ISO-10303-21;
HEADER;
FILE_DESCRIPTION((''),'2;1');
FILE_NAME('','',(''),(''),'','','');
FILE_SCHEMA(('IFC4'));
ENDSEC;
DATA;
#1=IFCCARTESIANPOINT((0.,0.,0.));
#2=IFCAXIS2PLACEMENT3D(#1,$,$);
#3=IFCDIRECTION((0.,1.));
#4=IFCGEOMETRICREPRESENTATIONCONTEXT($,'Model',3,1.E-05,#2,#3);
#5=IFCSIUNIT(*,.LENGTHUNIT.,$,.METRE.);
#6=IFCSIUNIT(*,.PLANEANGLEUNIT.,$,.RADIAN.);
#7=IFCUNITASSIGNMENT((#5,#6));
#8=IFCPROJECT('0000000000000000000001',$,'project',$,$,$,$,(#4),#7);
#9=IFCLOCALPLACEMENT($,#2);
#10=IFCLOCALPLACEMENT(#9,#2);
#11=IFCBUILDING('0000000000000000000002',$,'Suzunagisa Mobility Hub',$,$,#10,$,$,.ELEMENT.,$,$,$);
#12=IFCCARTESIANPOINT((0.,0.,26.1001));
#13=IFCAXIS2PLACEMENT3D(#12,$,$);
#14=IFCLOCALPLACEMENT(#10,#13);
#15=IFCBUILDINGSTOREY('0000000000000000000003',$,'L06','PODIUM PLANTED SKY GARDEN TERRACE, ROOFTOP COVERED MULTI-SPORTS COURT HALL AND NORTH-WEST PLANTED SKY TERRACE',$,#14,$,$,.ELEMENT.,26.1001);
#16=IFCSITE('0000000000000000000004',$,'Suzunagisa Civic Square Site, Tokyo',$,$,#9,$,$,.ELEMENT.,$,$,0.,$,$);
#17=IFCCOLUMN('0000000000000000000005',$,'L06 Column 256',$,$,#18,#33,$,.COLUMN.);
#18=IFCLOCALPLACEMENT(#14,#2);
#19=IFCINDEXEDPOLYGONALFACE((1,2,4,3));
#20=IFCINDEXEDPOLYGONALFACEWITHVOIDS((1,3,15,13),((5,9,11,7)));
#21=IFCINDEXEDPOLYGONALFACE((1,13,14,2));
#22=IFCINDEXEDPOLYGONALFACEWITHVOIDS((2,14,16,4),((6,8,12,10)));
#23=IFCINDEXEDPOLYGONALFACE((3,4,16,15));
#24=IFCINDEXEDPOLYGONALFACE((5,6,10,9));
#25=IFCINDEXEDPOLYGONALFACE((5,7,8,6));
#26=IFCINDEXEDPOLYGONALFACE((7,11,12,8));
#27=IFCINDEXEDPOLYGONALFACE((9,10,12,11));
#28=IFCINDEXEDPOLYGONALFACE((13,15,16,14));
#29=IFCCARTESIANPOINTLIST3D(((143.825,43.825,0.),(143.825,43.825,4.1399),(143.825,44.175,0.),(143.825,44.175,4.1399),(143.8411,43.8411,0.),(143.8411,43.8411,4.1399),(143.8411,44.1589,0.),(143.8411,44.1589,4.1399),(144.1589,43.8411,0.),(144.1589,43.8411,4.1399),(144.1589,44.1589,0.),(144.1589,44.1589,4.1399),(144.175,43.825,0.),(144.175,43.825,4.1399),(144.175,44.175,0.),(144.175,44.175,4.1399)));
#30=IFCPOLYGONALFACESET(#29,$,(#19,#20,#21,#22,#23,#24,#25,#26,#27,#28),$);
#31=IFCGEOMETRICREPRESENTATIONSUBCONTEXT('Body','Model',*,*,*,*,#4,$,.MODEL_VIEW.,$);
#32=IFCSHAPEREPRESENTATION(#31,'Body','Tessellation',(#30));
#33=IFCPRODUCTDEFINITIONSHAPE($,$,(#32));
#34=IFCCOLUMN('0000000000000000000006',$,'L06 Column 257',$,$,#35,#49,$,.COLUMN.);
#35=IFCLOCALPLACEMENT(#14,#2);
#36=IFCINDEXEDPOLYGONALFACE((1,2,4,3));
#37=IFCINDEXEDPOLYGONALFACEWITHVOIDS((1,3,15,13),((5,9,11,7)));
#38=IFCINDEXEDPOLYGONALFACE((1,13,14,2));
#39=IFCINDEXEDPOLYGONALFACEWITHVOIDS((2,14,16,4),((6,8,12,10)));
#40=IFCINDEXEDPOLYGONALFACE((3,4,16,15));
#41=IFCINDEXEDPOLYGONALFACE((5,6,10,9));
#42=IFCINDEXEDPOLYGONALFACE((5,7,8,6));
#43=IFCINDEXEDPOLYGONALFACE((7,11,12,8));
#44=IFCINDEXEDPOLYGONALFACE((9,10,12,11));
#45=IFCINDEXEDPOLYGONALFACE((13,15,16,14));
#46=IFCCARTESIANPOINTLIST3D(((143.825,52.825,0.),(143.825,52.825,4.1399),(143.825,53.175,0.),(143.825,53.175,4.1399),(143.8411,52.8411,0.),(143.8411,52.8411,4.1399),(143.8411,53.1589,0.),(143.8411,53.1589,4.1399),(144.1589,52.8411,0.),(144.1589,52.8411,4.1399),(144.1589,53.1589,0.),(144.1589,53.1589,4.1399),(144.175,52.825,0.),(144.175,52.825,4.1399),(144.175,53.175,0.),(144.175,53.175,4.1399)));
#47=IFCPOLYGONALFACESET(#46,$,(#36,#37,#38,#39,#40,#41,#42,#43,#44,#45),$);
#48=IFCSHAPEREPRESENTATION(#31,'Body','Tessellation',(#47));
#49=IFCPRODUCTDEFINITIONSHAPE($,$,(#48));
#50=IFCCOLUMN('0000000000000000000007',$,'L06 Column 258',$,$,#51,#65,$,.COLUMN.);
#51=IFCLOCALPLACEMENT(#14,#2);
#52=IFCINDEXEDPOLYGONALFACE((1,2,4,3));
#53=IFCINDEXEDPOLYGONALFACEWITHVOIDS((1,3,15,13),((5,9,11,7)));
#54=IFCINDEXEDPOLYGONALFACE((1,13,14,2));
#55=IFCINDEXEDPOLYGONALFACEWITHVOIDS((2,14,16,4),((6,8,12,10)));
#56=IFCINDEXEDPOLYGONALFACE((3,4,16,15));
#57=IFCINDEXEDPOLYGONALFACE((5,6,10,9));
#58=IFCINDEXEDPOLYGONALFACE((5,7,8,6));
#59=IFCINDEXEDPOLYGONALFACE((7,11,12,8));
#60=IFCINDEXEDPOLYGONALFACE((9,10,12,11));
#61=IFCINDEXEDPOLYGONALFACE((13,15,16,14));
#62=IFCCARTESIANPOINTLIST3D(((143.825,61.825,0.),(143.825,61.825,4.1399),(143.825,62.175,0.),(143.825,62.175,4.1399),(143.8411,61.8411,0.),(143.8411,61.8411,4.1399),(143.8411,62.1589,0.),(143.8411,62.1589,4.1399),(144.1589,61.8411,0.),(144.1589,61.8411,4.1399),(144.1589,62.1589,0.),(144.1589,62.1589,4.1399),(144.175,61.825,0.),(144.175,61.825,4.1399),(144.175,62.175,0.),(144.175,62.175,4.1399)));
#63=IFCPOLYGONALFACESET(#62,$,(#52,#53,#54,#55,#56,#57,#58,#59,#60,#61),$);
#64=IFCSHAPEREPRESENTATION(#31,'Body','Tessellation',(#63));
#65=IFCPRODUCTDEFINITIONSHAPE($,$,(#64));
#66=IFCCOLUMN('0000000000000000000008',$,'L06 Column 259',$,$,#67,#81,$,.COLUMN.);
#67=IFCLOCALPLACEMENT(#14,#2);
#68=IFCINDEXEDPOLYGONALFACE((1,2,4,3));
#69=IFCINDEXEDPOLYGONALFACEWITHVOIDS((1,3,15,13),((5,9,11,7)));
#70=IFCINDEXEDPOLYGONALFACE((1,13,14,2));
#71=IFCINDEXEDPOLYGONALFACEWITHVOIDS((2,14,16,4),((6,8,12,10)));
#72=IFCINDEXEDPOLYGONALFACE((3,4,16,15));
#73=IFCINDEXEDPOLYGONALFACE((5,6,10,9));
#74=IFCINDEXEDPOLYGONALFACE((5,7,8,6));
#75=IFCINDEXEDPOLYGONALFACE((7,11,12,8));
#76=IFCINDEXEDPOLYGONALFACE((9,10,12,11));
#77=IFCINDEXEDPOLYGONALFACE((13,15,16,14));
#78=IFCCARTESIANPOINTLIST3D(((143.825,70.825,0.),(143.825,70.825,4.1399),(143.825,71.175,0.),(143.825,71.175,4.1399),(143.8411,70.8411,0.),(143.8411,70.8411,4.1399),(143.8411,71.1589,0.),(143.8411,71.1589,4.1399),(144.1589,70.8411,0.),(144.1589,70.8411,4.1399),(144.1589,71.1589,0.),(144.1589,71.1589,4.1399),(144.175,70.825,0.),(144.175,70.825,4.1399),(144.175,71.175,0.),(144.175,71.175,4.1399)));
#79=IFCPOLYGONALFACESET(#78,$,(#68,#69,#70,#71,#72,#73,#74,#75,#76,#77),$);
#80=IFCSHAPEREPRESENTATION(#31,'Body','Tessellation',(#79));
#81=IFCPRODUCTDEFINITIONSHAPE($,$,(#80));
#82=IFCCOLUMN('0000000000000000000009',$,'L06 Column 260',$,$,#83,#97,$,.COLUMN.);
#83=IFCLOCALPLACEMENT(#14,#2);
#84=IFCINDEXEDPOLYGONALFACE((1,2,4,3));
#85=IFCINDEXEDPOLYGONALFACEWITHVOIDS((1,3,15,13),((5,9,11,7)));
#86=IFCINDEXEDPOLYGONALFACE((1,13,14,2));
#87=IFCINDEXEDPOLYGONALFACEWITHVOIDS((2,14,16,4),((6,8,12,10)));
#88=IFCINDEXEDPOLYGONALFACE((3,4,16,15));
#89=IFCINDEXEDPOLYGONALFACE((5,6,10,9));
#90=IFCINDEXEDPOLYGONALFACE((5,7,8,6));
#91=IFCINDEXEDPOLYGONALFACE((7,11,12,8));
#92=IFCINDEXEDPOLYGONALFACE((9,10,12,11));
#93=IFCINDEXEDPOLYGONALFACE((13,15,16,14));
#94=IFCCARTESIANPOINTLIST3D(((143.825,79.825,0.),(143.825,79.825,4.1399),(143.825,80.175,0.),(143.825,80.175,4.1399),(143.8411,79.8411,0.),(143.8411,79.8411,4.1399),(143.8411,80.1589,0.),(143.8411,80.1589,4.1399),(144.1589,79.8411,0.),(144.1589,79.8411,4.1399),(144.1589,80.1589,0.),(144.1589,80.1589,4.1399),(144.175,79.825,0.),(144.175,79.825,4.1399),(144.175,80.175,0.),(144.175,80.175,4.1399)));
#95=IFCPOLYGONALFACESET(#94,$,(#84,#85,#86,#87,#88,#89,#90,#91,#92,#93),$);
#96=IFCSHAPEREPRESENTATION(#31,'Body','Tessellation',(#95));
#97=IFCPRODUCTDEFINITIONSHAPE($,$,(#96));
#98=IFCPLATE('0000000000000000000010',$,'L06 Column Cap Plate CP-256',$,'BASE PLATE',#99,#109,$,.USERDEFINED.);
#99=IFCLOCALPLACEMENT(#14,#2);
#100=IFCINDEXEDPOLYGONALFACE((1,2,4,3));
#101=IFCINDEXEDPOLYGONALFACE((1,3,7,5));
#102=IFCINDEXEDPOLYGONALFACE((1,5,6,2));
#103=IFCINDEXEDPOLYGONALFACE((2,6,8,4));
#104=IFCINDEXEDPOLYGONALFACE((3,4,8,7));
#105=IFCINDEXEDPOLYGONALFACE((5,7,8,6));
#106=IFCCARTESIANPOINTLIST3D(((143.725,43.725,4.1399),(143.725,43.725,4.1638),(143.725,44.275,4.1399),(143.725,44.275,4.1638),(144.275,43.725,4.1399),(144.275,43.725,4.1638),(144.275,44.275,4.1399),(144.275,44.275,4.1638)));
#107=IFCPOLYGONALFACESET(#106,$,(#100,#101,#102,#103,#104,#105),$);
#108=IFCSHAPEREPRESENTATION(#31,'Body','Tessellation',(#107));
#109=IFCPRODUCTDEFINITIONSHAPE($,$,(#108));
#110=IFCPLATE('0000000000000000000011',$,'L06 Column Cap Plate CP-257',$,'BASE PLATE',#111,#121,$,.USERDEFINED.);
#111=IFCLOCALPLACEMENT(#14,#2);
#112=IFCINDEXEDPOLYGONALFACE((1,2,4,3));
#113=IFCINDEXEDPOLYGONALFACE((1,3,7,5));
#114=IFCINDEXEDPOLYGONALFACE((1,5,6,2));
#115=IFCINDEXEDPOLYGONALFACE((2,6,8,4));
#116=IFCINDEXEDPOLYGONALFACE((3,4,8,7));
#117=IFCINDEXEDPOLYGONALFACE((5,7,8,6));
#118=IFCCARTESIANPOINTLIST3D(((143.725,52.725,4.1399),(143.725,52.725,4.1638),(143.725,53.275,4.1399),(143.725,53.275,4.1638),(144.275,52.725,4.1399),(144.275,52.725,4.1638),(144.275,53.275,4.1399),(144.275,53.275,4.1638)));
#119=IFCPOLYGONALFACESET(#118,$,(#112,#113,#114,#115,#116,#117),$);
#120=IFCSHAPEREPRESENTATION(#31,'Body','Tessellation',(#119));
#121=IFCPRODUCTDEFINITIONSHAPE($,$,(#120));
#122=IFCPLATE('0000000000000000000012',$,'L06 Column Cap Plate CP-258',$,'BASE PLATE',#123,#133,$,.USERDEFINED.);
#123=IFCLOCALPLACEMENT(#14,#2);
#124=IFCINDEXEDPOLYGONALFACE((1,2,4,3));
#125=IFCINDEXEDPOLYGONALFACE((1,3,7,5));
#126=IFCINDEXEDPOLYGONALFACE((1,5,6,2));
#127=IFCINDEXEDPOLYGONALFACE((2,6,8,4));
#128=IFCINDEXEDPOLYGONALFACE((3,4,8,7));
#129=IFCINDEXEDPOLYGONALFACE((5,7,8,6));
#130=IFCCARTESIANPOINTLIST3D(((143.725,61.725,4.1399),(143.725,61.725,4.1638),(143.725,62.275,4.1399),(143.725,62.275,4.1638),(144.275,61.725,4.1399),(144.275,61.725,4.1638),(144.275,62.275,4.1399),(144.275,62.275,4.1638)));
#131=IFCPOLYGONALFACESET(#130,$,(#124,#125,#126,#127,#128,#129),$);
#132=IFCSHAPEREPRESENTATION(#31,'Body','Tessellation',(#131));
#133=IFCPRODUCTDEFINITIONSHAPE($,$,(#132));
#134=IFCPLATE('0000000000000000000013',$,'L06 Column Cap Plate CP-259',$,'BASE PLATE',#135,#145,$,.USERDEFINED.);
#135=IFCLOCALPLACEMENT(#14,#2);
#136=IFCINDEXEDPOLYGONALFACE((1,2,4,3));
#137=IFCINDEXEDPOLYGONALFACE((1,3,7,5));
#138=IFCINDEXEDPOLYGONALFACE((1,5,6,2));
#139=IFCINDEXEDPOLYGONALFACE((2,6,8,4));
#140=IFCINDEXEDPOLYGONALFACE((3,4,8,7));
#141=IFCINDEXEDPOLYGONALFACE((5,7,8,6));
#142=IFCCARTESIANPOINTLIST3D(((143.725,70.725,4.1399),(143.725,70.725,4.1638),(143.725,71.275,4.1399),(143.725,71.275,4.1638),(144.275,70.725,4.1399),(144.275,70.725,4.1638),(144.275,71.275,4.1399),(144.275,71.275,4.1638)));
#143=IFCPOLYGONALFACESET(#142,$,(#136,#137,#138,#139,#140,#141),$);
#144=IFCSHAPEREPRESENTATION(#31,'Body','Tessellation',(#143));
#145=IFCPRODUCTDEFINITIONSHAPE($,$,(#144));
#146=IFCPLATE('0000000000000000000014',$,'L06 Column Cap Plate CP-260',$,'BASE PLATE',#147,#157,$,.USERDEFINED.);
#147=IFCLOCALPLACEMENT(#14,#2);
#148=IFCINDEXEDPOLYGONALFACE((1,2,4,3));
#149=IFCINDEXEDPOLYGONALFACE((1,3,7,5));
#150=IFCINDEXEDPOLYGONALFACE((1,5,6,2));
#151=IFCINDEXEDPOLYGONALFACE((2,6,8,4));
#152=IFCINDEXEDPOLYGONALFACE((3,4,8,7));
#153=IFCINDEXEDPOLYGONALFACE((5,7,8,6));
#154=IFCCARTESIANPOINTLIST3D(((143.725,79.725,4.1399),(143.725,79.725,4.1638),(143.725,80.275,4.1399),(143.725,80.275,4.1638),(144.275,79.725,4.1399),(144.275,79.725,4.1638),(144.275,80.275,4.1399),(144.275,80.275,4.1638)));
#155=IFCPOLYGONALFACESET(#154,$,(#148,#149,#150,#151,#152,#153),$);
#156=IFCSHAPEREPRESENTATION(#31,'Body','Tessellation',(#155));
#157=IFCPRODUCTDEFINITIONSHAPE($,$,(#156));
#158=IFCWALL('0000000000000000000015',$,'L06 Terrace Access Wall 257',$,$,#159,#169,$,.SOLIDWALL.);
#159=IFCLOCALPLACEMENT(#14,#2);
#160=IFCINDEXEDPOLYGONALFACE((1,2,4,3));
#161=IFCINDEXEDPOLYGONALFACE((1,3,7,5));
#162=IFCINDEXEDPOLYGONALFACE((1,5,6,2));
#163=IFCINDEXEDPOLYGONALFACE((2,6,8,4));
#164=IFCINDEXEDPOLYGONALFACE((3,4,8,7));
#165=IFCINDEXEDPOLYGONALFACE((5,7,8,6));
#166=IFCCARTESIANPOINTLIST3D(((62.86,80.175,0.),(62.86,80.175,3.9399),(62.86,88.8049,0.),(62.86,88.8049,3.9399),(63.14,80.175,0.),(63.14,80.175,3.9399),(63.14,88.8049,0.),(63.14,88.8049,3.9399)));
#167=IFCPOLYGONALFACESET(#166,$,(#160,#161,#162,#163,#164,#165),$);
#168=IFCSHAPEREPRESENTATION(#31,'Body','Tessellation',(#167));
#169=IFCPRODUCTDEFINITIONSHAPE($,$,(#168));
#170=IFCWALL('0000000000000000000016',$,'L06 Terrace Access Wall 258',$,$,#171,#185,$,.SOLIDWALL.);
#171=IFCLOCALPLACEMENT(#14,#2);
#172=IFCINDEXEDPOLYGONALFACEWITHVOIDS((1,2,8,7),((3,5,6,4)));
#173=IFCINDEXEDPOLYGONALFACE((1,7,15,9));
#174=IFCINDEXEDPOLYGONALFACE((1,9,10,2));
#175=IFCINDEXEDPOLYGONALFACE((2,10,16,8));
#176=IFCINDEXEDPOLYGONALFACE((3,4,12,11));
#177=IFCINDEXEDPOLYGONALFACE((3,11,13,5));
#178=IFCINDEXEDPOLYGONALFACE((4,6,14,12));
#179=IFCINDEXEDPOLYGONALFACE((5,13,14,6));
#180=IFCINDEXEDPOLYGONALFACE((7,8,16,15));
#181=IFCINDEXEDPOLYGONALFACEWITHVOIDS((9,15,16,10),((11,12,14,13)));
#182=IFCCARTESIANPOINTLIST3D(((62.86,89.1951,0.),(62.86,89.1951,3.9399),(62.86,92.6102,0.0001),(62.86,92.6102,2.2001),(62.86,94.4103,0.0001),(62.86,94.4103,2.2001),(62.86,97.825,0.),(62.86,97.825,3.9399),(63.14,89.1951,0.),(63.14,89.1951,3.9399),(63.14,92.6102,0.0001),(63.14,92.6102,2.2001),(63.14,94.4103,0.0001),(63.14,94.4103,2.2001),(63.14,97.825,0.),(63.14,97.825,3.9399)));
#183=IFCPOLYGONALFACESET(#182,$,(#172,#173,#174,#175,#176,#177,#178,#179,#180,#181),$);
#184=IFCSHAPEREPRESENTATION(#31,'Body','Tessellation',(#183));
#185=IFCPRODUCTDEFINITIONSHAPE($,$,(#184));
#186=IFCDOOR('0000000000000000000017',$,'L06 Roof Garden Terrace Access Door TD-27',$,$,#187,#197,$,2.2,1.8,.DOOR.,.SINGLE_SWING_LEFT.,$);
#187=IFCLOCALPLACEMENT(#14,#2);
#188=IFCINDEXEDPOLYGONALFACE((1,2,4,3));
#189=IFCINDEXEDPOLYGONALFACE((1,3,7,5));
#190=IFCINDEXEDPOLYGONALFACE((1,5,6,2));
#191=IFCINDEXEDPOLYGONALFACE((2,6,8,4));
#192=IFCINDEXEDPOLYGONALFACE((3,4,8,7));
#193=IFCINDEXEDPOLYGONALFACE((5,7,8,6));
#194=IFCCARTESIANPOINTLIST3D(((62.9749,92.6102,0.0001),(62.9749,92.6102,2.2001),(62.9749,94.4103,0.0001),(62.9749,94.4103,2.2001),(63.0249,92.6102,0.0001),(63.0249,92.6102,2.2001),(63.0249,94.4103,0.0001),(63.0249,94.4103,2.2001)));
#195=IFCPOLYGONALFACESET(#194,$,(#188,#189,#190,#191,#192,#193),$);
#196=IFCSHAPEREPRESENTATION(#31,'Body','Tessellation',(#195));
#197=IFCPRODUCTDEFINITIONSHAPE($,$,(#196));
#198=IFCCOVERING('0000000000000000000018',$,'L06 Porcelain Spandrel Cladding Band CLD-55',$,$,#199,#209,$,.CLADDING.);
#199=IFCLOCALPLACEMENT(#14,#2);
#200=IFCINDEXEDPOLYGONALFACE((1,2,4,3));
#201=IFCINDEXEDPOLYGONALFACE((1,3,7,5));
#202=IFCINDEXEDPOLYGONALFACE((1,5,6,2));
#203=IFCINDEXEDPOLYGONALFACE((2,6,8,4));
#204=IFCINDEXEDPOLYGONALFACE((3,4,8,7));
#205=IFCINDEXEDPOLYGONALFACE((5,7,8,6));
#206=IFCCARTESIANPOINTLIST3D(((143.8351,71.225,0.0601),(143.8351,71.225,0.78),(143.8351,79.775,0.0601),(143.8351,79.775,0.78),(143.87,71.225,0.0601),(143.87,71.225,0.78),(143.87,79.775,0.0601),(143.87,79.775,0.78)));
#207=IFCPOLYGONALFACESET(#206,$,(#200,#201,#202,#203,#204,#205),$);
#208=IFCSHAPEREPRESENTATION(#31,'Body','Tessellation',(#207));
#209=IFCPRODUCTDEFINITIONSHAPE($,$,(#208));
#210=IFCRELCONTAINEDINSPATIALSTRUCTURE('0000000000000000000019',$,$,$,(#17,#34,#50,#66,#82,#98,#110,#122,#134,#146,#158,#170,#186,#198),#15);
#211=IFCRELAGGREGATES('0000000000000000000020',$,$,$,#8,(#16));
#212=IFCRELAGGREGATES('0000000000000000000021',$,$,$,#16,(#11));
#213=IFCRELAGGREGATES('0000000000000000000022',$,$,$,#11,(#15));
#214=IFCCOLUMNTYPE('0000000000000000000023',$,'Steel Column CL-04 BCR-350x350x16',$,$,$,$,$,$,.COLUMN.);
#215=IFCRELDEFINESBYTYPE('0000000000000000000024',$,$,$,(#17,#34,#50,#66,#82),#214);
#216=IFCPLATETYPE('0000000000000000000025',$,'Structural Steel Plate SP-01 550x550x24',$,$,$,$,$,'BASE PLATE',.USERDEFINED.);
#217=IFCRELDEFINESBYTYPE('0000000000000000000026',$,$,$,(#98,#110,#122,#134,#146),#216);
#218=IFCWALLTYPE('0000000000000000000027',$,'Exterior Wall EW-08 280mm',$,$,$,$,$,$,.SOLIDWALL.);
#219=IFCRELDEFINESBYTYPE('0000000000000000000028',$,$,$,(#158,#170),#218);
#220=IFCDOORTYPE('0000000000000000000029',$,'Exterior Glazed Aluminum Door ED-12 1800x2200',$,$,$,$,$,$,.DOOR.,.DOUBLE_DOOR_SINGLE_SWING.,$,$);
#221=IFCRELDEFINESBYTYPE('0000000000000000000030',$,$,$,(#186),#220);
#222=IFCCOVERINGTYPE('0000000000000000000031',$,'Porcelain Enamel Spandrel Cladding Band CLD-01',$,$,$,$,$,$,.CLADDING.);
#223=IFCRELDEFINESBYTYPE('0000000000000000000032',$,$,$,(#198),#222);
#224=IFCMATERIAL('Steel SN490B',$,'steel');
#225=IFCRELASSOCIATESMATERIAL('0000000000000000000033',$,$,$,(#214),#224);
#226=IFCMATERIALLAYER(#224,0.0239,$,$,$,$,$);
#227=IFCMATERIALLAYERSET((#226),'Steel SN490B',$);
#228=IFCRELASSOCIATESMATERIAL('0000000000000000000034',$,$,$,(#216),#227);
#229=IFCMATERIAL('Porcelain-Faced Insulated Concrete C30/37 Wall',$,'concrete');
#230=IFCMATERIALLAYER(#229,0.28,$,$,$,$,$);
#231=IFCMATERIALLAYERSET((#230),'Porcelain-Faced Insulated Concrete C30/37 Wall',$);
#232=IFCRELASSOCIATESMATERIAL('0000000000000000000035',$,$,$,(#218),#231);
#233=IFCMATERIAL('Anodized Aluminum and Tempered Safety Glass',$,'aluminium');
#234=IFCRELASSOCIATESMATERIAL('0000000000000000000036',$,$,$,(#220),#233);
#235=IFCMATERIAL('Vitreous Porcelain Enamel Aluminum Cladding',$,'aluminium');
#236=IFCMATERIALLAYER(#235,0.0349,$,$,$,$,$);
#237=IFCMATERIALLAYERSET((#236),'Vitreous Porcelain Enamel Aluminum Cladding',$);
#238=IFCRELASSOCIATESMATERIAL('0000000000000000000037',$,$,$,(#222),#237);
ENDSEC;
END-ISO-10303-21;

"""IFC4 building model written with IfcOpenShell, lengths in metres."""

from ifc_helpers import new_model, si_unit, direction, frame, frame_2d, origin, origin_2d, place, context, subcontext, project, spatial, rectangle, hollow_rectangle, extrude, material, layer, layer_set, material_profile, profile_set, type_object, element, fill, save


model = new_model("IFC4")

# Units and contexts
model_context = context("Model", 3, precision=1e-05, world=origin(), true_north=direction((0.0, 1.0)))
body_context = subcontext(model_context, "Body", "Model", "MODEL_VIEW")
ifc_project = project(units=[si_unit("LENGTHUNIT", "METRE"), si_unit("PLANEANGLEUNIT", "RADIAN")], contexts=[model_context])

# Site, building, storey
site_placement = place(None, origin())
site = spatial("IfcSite", under=ifc_project, at=site_placement, Name="Suzunagisa Civic Square Site, Tokyo", CompositionType="ELEMENT", RefElevation=0.0)
building_placement = place(site_placement, origin())
building = spatial("IfcBuilding", under=site, at=building_placement, Name="Suzunagisa Mobility Hub", CompositionType="ELEMENT")
storey_placement = place(building_placement, frame((0.0, 0.0, 26.1001)))
storey = spatial("IfcBuildingStorey", under=building, at=storey_placement, Name="L06", Description="PODIUM PLANTED SKY GARDEN TERRACE, ROOFTOP COVERED MULTI-SPORTS COURT HALL AND NORTH-WEST PLANTED SKY TERRACE", CompositionType="ELEMENT", Elevation=26.1001)

# Columns
ifc_material_1 = material(Name="Steel SN490B", Category="steel")
ifc_material_profile = material_profile(ifc_material_1, hollow_rectangle(XDim=0.3501, YDim=0.3501, WallThickness=0.0161, at=origin_2d()), Name="BCR-350x350x16")
ifc_profile_set = profile_set([ifc_material_profile], Name="Steel SN490B")
column_type = type_object("IfcColumnType", Name="Steel Column CL-04 BCR-350x350x16", PredefinedType="COLUMN", material=ifc_profile_set)
for number, where, z_axis, x_axis, name in (
    (1, (144.0, 44.0, 0.0), (0.0, 0.0, 1.0), (1.0, 0.0, 0.0), "L06 Column 256"),
    (2, (144.0, 53.0, 0.0), (0.0, 0.0, 1.0), (1.0, 0.0, 0.0), "L06 Column 257"),
    (3, (144.0, 62.0, 0.0), (0.0, 0.0, 1.0), (1.0, 0.0, 0.0), "L06 Column 258"),
    (4, (144.0, 71.0, 0.0), (0.0, 0.0, 1.0), (1.0, 0.0, 0.0), "L06 Column 259"),
    (5, (144.0, 80.0, 0.0), (0.0, 0.0, 1.0), (1.0, 0.0, 0.0), "L06 Column 260"),
):
    element("IfcColumn", number, at=place(storey_placement, frame(where, z_axis=z_axis, x_axis=x_axis)), inside=storey, type_object=column_type, Name=name, PredefinedType="COLUMN", context=body_context, shape_type="SweptSolid", body=[
        extrude(hollow_rectangle(XDim=0.3501, YDim=0.3501, WallThickness=0.0161, at=origin_2d()), origin(), (0.0, 0.0, 1.0), 4.1399),
    ])

# Plates
ifc_layer_1 = layer(ifc_material_1, 0.0239)
ifc_layer_set_1 = layer_set([ifc_layer_1], Name="Steel SN490B")
plate_type = type_object("IfcPlateType", Name="Structural Steel Plate SP-01 550x550x24", ElementType="BASE PLATE", PredefinedType="USERDEFINED", material=ifc_layer_set_1)
for number, where, z_axis, x_axis, name in (
    (6, (144.0, 44.0, 4.1399), (0.0, 0.0, 1.0), (1.0, 0.0, 0.0), "L06 Column Cap Plate CP-256"),
    (7, (144.0, 53.0, 4.1399), (0.0, 0.0, 1.0), (1.0, 0.0, 0.0), "L06 Column Cap Plate CP-257"),
    (8, (144.0, 62.0, 4.1399), (0.0, 0.0, 1.0), (1.0, 0.0, 0.0), "L06 Column Cap Plate CP-258"),
    (9, (144.0, 71.0, 4.1399), (0.0, 0.0, 1.0), (1.0, 0.0, 0.0), "L06 Column Cap Plate CP-259"),
    (10, (144.0, 80.0, 4.1399), (0.0, 0.0, 1.0), (1.0, 0.0, 0.0), "L06 Column Cap Plate CP-260"),
):
    element("IfcPlate", number, at=place(storey_placement, frame(where, z_axis=z_axis, x_axis=x_axis)), inside=storey, type_object=plate_type, Name=name, ObjectType="BASE PLATE", PredefinedType="USERDEFINED", context=body_context, shape_type="SweptSolid", body=[
        extrude(rectangle(XDim=0.55, YDim=0.55, at=origin_2d()), origin(), (0.0, 0.0, 1.0), 0.0239),
    ])

# Wall
ifc_material_2 = material(Name="Porcelain-Faced Insulated Concrete C30/37 Wall", Category="concrete")
ifc_layer_2 = layer(ifc_material_2, 0.28)
ifc_layer_set_2 = layer_set([ifc_layer_2], Name="Porcelain-Faced Insulated Concrete C30/37 Wall")
wall_type = type_object("IfcWallType", Name="Exterior Wall EW-08 280mm", PredefinedType="SOLIDWALL", material=ifc_layer_set_2)
wall_1_placement = place(storey_placement, frame((63.0, 80.175, 0.0), z_axis=(0.0, 0.0, 1.0), x_axis=(0.0, 1.0, 0.0)))
element("IfcWall", 11, at=wall_1_placement, inside=storey, type_object=wall_type, Name="L06 Terrace Access Wall 257", PredefinedType="SOLIDWALL", context=body_context, shape_type="SweptSolid", body=[
    extrude(rectangle(XDim=8.6299, YDim=0.28, at=frame_2d((4.3149, 0.0))), origin(), (0.0, 0.0, 1.0), 3.9399),
])

# Wall, opening, door
wall_2_placement = place(storey_placement, frame((63.0, 89.1951, 0.0), z_axis=(0.0, 0.0, 1.0), x_axis=(0.0, 1.0, 0.0)))
wall_2 = element("IfcWall", 12, at=wall_2_placement, inside=storey, type_object=wall_type, Name="L06 Terrace Access Wall 258", PredefinedType="SOLIDWALL", context=body_context, shape_type="SweptSolid", body=[
    extrude(rectangle(XDim=8.6299, YDim=0.28, at=frame_2d((4.3149, 0.0))), origin(), (0.0, 0.0, 1.0), 3.9399),
])
opening_placement = place(wall_2_placement, frame((5.2151, 0.0, 0.0), z_axis=(0.0, 0.0, 1.0), x_axis=(-1.0, 0.0, 0.0)))
opening = element("IfcOpeningElement", 13, at=opening_placement, cuts=wall_2, PredefinedType="OPENING", context=body_context, shape_type="SweptSolid", body=[
    extrude(rectangle(XDim=1.8, YDim=2.2, at=frame_2d((0.8999, 1.1001))), frame((0.0, 0.1509, 0.0), z_axis=(0.0, -1.0, 0.0), x_axis=(1.0, 0.0, 0.0)), (0.0, 0.0, 1.0), 0.302),
])
ifc_material_3 = material(Name="Anodized Aluminum and Tempered Safety Glass", Category="aluminium")
door_type = type_object("IfcDoorType", Name="Exterior Glazed Aluminum Door ED-12 1800x2200", OperationType="DOUBLE_DOOR_SINGLE_SWING", PredefinedType="DOOR", material=ifc_material_3)
door_placement = place(opening_placement, origin())
door = element("IfcDoor", 14, at=door_placement, inside=storey, type_object=door_type, Name="L06 Roof Garden Terrace Access Door TD-27", OperationType="SINGLE_SWING_LEFT", OverallHeight=2.2, OverallWidth=1.8, PredefinedType="DOOR", context=body_context, shape_type="SweptSolid", body=[
    extrude(rectangle(XDim=1.8, YDim=2.2, at=frame_2d((0.8999, 1.1001))), frame((0.0, 0.0249, 0.0), z_axis=(0.0, -1.0, 0.0), x_axis=(1.0, 0.0, 0.0)), (0.0, 0.0, 1.0), 0.05),
])
fill(opening, door)

# Covering
ifc_material_4 = material(Name="Vitreous Porcelain Enamel Aluminum Cladding", Category="aluminium")
ifc_layer_3 = layer(ifc_material_4, 0.0349)
ifc_layer_set_3 = layer_set([ifc_layer_3], Name="Vitreous Porcelain Enamel Aluminum Cladding")
covering_type = type_object("IfcCoveringType", Name="Porcelain Enamel Spandrel Cladding Band CLD-01", PredefinedType="CLADDING", material=ifc_layer_set_3)
covering_placement = place(storey_placement, frame((143.8525, 75.5, 0.0601), z_axis=(0.0, 0.0, 1.0), x_axis=(0.0, -1.0, 0.0)))
element("IfcCovering", 15, at=covering_placement, inside=storey, type_object=covering_type, Name="L06 Porcelain Spandrel Cladding Band CLD-55", PredefinedType="CLADDING", context=body_context, shape_type="SweptSolid", body=[
    extrude(rectangle(XDim=8.55, YDim=0.0349, at=origin_2d()), origin(), (0.0, 0.0, 1.0), 0.72),
])

save(model, "model.ifc")
